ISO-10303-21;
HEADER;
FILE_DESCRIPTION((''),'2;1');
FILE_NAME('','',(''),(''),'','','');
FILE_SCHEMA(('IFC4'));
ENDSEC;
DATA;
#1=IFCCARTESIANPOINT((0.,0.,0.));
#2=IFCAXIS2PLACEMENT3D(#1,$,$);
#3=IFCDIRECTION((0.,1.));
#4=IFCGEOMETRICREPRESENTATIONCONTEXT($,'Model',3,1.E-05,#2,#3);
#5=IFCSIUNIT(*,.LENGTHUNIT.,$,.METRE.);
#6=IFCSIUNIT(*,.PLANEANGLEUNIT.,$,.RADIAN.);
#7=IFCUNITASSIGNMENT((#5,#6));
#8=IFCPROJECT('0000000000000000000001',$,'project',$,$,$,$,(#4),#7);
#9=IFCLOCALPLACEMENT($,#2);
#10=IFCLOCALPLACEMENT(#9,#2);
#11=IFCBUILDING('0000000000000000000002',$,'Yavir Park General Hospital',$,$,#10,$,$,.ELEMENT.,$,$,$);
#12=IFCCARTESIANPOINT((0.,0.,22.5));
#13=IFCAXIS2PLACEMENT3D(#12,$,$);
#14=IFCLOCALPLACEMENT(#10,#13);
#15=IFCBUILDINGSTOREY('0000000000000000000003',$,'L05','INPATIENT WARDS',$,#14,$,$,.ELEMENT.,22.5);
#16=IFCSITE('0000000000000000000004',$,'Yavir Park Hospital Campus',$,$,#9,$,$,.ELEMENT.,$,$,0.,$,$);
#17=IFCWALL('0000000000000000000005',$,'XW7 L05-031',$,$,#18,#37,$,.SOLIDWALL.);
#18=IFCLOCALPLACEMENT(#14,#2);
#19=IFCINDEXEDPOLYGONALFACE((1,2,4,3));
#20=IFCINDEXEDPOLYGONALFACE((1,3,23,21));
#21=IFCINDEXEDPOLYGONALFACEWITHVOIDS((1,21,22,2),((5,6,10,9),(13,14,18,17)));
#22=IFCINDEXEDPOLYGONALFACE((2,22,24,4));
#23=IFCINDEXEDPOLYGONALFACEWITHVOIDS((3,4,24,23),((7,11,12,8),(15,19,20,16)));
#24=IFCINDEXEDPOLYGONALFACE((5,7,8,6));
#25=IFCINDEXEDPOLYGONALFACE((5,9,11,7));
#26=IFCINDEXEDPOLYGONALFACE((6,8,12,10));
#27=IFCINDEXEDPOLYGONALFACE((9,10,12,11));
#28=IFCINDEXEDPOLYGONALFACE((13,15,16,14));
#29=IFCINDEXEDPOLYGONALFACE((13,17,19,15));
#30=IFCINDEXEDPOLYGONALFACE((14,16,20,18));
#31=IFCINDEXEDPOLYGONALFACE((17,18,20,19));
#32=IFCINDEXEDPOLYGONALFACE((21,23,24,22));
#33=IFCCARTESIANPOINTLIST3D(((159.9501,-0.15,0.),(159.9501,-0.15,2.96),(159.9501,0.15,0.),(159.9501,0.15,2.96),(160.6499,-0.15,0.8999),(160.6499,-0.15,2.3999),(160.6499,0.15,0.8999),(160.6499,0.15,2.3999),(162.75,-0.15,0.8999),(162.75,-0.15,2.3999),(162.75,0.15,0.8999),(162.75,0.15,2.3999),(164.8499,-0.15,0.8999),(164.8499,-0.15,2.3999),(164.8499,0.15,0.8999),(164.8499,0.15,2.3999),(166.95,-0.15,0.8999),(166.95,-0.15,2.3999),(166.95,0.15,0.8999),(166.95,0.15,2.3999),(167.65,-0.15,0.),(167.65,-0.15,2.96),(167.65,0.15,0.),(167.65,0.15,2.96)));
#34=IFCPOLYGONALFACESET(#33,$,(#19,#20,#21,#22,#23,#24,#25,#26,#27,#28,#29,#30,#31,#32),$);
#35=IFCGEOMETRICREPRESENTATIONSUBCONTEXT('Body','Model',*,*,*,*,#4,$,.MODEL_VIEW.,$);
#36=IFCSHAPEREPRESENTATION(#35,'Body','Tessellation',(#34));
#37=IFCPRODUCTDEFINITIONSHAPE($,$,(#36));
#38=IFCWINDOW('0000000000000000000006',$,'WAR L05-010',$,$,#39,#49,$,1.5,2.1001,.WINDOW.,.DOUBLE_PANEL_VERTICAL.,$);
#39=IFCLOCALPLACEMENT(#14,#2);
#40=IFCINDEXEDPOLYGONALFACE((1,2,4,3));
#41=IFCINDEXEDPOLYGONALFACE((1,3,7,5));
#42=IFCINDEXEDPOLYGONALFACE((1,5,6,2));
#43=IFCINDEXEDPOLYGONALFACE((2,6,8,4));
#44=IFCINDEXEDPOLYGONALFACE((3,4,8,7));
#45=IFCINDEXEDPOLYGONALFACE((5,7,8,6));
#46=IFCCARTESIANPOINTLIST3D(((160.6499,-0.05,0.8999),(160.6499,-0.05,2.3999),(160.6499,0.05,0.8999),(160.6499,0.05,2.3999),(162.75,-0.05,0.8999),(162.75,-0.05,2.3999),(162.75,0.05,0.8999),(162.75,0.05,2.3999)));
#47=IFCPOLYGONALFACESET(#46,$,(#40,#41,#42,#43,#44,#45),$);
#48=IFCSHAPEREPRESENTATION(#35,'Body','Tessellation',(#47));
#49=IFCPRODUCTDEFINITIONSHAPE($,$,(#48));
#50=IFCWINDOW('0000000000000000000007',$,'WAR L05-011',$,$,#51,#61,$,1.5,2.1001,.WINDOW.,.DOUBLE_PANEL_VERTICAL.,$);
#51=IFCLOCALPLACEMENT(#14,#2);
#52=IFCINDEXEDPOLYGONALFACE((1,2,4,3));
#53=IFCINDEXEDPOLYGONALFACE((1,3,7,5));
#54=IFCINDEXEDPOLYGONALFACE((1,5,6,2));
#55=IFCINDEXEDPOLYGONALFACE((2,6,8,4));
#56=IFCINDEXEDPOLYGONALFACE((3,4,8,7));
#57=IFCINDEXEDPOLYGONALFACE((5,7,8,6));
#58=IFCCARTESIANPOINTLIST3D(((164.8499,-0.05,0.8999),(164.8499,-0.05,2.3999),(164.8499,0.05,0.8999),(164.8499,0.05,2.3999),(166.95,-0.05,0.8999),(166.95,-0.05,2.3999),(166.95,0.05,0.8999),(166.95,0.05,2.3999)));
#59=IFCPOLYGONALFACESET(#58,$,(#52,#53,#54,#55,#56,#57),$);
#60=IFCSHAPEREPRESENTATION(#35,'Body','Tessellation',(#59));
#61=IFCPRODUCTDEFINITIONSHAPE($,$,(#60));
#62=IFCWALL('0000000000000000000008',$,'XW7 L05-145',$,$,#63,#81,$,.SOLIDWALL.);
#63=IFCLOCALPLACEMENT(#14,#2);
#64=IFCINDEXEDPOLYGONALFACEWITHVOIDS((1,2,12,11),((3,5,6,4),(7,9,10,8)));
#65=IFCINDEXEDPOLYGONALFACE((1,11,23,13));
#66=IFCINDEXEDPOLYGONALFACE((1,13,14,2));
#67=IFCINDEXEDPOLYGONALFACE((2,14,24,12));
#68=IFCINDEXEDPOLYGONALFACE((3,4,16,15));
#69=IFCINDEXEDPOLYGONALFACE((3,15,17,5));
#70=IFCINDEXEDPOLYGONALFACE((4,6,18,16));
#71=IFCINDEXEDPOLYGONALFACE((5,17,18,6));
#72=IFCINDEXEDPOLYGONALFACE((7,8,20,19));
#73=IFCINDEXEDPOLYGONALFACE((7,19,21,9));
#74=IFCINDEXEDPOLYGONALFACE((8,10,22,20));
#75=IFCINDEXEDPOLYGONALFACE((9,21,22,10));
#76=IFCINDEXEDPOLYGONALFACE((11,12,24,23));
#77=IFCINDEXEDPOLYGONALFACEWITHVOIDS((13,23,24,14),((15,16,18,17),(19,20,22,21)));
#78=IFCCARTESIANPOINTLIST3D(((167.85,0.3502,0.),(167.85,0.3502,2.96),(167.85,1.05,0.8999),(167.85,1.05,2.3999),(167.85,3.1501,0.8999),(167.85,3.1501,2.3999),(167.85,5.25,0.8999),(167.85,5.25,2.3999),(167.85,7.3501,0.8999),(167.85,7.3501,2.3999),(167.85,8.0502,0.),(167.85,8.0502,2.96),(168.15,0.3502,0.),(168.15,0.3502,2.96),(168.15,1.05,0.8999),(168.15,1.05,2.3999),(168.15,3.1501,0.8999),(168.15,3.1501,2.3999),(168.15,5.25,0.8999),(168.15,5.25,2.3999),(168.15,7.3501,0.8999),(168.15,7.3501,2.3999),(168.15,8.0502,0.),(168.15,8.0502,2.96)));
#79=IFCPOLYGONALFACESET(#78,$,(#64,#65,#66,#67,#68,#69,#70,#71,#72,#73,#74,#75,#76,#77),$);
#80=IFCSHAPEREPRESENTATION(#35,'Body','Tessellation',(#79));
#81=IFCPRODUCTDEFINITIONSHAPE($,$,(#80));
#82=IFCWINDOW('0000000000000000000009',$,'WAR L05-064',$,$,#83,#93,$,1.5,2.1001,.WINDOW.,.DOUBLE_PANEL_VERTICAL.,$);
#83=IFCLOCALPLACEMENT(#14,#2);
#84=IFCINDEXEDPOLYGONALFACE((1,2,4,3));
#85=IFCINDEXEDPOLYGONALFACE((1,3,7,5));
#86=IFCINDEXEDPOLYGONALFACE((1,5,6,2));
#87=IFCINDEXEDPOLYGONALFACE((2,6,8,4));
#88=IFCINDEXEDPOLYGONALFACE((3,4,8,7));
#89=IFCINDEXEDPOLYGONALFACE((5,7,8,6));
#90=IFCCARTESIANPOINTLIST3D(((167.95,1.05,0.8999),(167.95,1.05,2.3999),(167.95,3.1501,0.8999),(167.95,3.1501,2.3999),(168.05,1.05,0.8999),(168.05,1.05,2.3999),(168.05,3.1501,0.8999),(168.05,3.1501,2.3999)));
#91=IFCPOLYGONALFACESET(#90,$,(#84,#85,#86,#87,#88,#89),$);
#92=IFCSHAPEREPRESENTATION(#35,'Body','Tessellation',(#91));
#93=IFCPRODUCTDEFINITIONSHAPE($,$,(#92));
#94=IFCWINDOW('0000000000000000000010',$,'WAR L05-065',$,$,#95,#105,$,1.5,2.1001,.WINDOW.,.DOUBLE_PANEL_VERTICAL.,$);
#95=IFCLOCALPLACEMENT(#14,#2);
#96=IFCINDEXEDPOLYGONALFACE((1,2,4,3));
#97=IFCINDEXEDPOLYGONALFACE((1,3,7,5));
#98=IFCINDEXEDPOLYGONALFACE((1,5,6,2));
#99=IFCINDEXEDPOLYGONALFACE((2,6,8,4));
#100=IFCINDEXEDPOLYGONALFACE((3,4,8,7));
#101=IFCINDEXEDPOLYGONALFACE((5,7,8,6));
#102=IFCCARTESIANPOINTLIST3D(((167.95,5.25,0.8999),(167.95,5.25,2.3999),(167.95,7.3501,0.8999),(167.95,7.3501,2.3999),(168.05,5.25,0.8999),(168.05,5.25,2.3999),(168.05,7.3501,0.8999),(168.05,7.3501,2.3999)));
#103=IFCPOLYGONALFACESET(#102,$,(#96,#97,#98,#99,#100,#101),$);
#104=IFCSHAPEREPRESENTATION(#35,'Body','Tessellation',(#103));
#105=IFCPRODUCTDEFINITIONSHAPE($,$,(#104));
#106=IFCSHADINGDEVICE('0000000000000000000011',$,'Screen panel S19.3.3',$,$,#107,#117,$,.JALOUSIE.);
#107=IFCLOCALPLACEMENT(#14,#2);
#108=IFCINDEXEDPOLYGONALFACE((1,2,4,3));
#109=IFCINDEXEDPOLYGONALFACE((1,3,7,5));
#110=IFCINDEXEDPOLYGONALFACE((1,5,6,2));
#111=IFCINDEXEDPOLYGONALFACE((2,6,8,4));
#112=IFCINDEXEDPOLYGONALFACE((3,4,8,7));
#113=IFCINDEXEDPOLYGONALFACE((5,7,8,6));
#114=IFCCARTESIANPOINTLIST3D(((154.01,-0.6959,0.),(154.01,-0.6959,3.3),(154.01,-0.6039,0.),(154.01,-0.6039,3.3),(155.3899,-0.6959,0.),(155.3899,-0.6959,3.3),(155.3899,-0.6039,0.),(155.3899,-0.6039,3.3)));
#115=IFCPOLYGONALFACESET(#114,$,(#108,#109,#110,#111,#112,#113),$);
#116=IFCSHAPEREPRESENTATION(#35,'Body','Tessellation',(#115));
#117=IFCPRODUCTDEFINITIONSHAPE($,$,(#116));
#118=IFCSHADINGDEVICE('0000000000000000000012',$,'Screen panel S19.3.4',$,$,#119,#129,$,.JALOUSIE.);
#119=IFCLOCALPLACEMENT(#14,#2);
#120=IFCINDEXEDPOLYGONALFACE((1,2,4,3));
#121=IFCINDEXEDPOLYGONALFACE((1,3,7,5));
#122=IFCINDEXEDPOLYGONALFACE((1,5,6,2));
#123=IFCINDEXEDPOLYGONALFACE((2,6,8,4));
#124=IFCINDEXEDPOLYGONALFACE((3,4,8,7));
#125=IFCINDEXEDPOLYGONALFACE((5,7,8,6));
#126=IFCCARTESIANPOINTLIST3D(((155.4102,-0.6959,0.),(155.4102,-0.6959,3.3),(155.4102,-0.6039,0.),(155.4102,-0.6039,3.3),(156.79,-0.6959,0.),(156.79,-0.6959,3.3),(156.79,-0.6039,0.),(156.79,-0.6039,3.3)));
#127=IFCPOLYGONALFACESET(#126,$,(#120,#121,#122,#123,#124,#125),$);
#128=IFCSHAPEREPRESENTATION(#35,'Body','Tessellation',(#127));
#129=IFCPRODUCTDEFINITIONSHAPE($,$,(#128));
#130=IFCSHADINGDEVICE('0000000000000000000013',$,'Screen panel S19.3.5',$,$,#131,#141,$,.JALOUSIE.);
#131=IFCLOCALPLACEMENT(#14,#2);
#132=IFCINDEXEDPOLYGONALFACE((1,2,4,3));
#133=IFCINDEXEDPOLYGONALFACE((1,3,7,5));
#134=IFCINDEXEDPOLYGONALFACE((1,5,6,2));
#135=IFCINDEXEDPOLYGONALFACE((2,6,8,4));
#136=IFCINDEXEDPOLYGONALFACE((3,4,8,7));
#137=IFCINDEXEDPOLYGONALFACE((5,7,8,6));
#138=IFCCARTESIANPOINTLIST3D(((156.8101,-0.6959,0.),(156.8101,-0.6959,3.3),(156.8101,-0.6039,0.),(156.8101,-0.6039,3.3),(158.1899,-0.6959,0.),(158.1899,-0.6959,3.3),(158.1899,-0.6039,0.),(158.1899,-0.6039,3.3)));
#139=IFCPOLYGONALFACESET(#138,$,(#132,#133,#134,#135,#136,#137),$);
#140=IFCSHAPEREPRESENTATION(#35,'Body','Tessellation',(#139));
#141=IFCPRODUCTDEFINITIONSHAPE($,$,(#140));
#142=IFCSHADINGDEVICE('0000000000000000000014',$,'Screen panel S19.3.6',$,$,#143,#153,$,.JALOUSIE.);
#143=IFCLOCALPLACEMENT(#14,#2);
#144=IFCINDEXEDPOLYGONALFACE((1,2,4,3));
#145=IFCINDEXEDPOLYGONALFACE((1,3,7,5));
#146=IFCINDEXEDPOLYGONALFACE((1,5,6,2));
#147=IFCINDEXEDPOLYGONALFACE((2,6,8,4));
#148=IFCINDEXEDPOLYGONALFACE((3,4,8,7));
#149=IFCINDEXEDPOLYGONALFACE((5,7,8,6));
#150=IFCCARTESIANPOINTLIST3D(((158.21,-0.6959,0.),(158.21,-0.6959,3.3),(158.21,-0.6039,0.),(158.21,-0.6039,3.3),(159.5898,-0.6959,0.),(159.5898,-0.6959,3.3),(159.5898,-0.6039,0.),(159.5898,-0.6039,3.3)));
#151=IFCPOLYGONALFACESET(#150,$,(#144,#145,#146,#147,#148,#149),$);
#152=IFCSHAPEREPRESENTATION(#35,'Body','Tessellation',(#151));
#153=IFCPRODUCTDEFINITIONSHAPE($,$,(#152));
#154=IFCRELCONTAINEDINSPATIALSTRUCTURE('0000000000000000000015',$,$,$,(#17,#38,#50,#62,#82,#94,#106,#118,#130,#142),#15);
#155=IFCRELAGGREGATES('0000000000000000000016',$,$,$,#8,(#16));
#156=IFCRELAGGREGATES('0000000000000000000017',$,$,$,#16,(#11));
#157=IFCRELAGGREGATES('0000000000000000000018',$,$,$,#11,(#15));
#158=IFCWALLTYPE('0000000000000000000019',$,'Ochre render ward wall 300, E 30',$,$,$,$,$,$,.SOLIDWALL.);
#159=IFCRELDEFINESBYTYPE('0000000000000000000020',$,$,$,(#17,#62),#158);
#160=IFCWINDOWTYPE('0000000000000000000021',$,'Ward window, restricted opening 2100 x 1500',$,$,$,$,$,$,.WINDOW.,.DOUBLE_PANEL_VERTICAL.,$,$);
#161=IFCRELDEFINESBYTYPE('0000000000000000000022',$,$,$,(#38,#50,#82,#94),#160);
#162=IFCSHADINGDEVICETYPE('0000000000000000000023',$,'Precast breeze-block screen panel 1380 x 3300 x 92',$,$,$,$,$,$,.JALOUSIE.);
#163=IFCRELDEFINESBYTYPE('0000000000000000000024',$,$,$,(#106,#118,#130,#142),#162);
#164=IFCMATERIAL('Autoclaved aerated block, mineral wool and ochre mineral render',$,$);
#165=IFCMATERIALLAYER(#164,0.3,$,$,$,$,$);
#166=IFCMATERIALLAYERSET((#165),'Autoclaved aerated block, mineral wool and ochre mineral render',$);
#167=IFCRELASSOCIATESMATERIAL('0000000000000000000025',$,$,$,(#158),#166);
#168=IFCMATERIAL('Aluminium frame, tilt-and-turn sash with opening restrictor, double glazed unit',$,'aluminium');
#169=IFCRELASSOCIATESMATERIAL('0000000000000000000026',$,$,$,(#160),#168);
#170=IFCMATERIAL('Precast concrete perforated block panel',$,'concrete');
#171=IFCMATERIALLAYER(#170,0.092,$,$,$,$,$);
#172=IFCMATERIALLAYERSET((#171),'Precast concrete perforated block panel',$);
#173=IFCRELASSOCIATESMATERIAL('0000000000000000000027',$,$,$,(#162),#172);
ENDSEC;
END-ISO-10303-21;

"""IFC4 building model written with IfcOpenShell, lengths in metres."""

from ifc_helpers import new_model, si_unit, direction, frame, frame_2d, origin, origin_2d, place, context, subcontext, project, spatial, rectangle, extrude, material, layer, layer_set, type_object, element, fill, save


model = new_model("IFC4")

# Units and contexts
model_context = context("Model", 3, precision=1e-05, world=origin(), true_north=direction((0.0, 1.0)))
body_context = subcontext(model_context, "Body", "Model", "MODEL_VIEW")
ifc_project = project(units=[si_unit("LENGTHUNIT", "METRE"), si_unit("PLANEANGLEUNIT", "RADIAN")], contexts=[model_context])

# Site, building, storey
site_placement = place(None, origin())
site = spatial("IfcSite", under=ifc_project, at=site_placement, Name="Yavir Park Hospital Campus", CompositionType="ELEMENT", RefElevation=0.0)
building_placement = place(site_placement, origin())
building = spatial("IfcBuilding", under=site, at=building_placement, Name="Yavir Park General Hospital", CompositionType="ELEMENT")
storey_placement = place(building_placement, frame((0.0, 0.0, 22.5)))
storey = spatial("IfcBuildingStorey", under=building, at=storey_placement, Name="L05", Description="INPATIENT WARDS", CompositionType="ELEMENT", Elevation=22.5)

# Shared definitions
ifc_material_1 = material(Name="Autoclaved aerated block, mineral wool and ochre mineral render")
ifc_layer_1 = layer(ifc_material_1, 0.3)
ifc_layer_set_1 = layer_set([ifc_layer_1], Name="Autoclaved aerated block, mineral wool and ochre mineral render")
wall_type_1 = type_object("IfcWallType", Name="Ochre render ward wall 300, E 30", PredefinedType="SOLIDWALL", material=ifc_layer_set_1)
ifc_material_2 = material(Name="Aluminium frame, tilt-and-turn sash with opening restrictor, double glazed unit", Category="aluminium")
window_type = type_object("IfcWindowType", Name="Ward window, restricted opening 2100 x 1500", PartitioningType="DOUBLE_PANEL_VERTICAL", PredefinedType="WINDOW", material=ifc_material_2)

# Walls, openings, windows
wall_1_placement = place(storey_placement, frame((159.95, 0.0, 0.0), z_axis=(0.0, 0.0, 1.0), x_axis=(1.0, 0.0, 0.0)))
wall_1 = element("IfcWall", 1, at=wall_1_placement, inside=storey, type_object=wall_type_1, Name="XW7 L05-031", PredefinedType="SOLIDWALL", context=body_context, shape_type="SweptSolid", body=[
    extrude(rectangle(XDim=7.7, YDim=0.3, at=frame_2d((3.8501, 0.0))), origin(), (0.0, 0.0, 1.0), 2.96),
])
opening_1_placement = place(wall_1_placement, frame((0.7, 0.0, 0.8999)))
opening_1 = element("IfcOpeningElement", 2, at=opening_1_placement, cuts=wall_1, PredefinedType="OPENING", context=body_context, shape_type="SweptSolid", body=[
    extrude(rectangle(XDim=2.1001, YDim=1.5, at=frame_2d((1.05, 0.75))), frame((0.0, 0.1599, 0.0), z_axis=(0.0, -1.0, 0.0), x_axis=(1.0, 0.0, 0.0)), (0.0, 0.0, 1.0), 0.3201),
])
opening_2_placement = place(wall_1_placement, frame((4.8999, 0.0, 0.8999)))
opening_2 = element("IfcOpeningElement", 3, at=opening_2_placement, cuts=wall_1, PredefinedType="OPENING", context=body_context, shape_type="SweptSolid", body=[
    extrude(rectangle(XDim=2.1001, YDim=1.5, at=frame_2d((1.05, 0.75))), frame((0.0, 0.1599, 0.0), z_axis=(0.0, -1.0, 0.0), x_axis=(1.0, 0.0, 0.0)), (0.0, 0.0, 1.0), 0.3201),
])
window_1_placement = place(opening_1_placement, origin())
window_1 = element("IfcWindow", 4, at=window_1_placement, inside=storey, type_object=window_type, Name="WAR L05-010", OverallHeight=1.5, OverallWidth=2.1001, PartitioningType="DOUBLE_PANEL_VERTICAL", PredefinedType="WINDOW", context=body_context, shape_type="SweptSolid", body=[
    extrude(rectangle(XDim=2.1001, YDim=1.5, at=frame_2d((1.05, 0.75))), frame((0.0, 0.05, 0.0), z_axis=(0.0, -1.0, 0.0), x_axis=(1.0, 0.0, 0.0)), (0.0, 0.0, 1.0), 0.1001),
])
fill(opening_1, window_1)
window_2_placement = place(opening_2_placement, origin())
window_2 = element("IfcWindow", 5, at=window_2_placement, inside=storey, type_object=window_type, Name="WAR L05-011", OverallHeight=1.5, OverallWidth=2.1001, PartitioningType="DOUBLE_PANEL_VERTICAL", PredefinedType="WINDOW", context=body_context, shape_type="SweptSolid", body=[
    extrude(rectangle(XDim=2.1001, YDim=1.5, at=frame_2d((1.05, 0.75))), frame((0.0, 0.05, 0.0), z_axis=(0.0, -1.0, 0.0), x_axis=(1.0, 0.0, 0.0)), (0.0, 0.0, 1.0), 0.1001),
])
fill(opening_2, window_2)
wall_2_placement = place(storey_placement, frame((168.0, 0.3501, 0.0), z_axis=(0.0, 0.0, 1.0), x_axis=(0.0, 1.0, 0.0)))
wall_2 = element("IfcWall", 6, at=wall_2_placement, inside=storey, type_object=wall_type_1, Name="XW7 L05-145", PredefinedType="SOLIDWALL", context=body_context, shape_type="SweptSolid", body=[
    extrude(rectangle(XDim=7.7, YDim=0.3, at=frame_2d((3.8501, 0.0))), origin(), (0.0, 0.0, 1.0), 2.96),
])
opening_3_placement = place(wall_2_placement, frame((0.7, 0.0, 0.8999)))
opening_3 = element("IfcOpeningElement", 7, at=opening_3_placement, cuts=wall_2, PredefinedType="OPENING", context=body_context, shape_type="SweptSolid", body=[
    extrude(rectangle(XDim=2.1001, YDim=1.5, at=frame_2d((1.05, 0.75))), frame((0.0, 0.1599, 0.0), z_axis=(0.0, -1.0, 0.0), x_axis=(1.0, 0.0, 0.0)), (0.0, 0.0, 1.0), 0.3201),
])
opening_4_placement = place(wall_2_placement, frame((4.8999, 0.0, 0.8999)))
opening_4 = element("IfcOpeningElement", 8, at=opening_4_placement, cuts=wall_2, PredefinedType="OPENING", context=body_context, shape_type="SweptSolid", body=[
    extrude(rectangle(XDim=2.1001, YDim=1.5, at=frame_2d((1.05, 0.75))), frame((0.0, 0.1599, 0.0), z_axis=(0.0, -1.0, 0.0), x_axis=(1.0, 0.0, 0.0)), (0.0, 0.0, 1.0), 0.3201),
])
window_3_placement = place(opening_3_placement, origin())
window_3 = element("IfcWindow", 9, at=window_3_placement, inside=storey, type_object=window_type, Name="WAR L05-064", OverallHeight=1.5, OverallWidth=2.1001, PartitioningType="DOUBLE_PANEL_VERTICAL", PredefinedType="WINDOW", context=body_context, shape_type="SweptSolid", body=[
    extrude(rectangle(XDim=2.1001, YDim=1.5, at=frame_2d((1.05, 0.75))), frame((0.0, 0.05, 0.0), z_axis=(0.0, -1.0, 0.0), x_axis=(1.0, 0.0, 0.0)), (0.0, 0.0, 1.0), 0.1001),
])
fill(opening_3, window_3)
window_4_placement = place(opening_4_placement, origin())
window_4 = element("IfcWindow", 10, at=window_4_placement, inside=storey, type_object=window_type, Name="WAR L05-065", OverallHeight=1.5, OverallWidth=2.1001, PartitioningType="DOUBLE_PANEL_VERTICAL", PredefinedType="WINDOW", context=body_context, shape_type="SweptSolid", body=[
    extrude(rectangle(XDim=2.1001, YDim=1.5, at=frame_2d((1.05, 0.75))), frame((0.0, 0.05, 0.0), z_axis=(0.0, -1.0, 0.0), x_axis=(1.0, 0.0, 0.0)), (0.0, 0.0, 1.0), 0.1001),
])
fill(opening_4, window_4)

# Shading devices
ifc_material_3 = material(Name="Precast concrete perforated block panel", Category="concrete")
ifc_layer_2 = layer(ifc_material_3, 0.092)
ifc_layer_set_2 = layer_set([ifc_layer_2], Name="Precast concrete perforated block panel")
shading_device_type = type_object("IfcShadingDeviceType", Name="Precast breeze-block screen panel 1380 x 3300 x 92", PredefinedType="JALOUSIE", material=ifc_layer_set_2)
for number, where, z_axis, x_axis, name in (
    (11, (154.7, -0.6499, 0.0), (0.0, 0.0, 1.0), (1.0, 0.0, 0.0), "Screen panel S19.3.3"),
    (12, (156.1001, -0.6499, 0.0), (0.0, 0.0, 1.0), (1.0, 0.0, 0.0), "Screen panel S19.3.4"),
    (13, (157.5, -0.6499, 0.0), (0.0, 0.0, 1.0), (1.0, 0.0, 0.0), "Screen panel S19.3.5"),
    (14, (158.8999, -0.6499, 0.0), (0.0, 0.0, 1.0), (1.0, 0.0, 0.0), "Screen panel S19.3.6"),
):
    element("IfcShadingDevice", number, at=place(storey_placement, frame(where, z_axis=z_axis, x_axis=x_axis)), inside=storey, type_object=shading_device_type, Name=name, PredefinedType="JALOUSIE", context=body_context, shape_type="SweptSolid", body=[
        extrude(rectangle(XDim=1.3799, YDim=0.092, at=origin_2d()), origin(), (0.0, 0.0, 1.0), 3.3),
    ])

save(model, "model.ifc")
